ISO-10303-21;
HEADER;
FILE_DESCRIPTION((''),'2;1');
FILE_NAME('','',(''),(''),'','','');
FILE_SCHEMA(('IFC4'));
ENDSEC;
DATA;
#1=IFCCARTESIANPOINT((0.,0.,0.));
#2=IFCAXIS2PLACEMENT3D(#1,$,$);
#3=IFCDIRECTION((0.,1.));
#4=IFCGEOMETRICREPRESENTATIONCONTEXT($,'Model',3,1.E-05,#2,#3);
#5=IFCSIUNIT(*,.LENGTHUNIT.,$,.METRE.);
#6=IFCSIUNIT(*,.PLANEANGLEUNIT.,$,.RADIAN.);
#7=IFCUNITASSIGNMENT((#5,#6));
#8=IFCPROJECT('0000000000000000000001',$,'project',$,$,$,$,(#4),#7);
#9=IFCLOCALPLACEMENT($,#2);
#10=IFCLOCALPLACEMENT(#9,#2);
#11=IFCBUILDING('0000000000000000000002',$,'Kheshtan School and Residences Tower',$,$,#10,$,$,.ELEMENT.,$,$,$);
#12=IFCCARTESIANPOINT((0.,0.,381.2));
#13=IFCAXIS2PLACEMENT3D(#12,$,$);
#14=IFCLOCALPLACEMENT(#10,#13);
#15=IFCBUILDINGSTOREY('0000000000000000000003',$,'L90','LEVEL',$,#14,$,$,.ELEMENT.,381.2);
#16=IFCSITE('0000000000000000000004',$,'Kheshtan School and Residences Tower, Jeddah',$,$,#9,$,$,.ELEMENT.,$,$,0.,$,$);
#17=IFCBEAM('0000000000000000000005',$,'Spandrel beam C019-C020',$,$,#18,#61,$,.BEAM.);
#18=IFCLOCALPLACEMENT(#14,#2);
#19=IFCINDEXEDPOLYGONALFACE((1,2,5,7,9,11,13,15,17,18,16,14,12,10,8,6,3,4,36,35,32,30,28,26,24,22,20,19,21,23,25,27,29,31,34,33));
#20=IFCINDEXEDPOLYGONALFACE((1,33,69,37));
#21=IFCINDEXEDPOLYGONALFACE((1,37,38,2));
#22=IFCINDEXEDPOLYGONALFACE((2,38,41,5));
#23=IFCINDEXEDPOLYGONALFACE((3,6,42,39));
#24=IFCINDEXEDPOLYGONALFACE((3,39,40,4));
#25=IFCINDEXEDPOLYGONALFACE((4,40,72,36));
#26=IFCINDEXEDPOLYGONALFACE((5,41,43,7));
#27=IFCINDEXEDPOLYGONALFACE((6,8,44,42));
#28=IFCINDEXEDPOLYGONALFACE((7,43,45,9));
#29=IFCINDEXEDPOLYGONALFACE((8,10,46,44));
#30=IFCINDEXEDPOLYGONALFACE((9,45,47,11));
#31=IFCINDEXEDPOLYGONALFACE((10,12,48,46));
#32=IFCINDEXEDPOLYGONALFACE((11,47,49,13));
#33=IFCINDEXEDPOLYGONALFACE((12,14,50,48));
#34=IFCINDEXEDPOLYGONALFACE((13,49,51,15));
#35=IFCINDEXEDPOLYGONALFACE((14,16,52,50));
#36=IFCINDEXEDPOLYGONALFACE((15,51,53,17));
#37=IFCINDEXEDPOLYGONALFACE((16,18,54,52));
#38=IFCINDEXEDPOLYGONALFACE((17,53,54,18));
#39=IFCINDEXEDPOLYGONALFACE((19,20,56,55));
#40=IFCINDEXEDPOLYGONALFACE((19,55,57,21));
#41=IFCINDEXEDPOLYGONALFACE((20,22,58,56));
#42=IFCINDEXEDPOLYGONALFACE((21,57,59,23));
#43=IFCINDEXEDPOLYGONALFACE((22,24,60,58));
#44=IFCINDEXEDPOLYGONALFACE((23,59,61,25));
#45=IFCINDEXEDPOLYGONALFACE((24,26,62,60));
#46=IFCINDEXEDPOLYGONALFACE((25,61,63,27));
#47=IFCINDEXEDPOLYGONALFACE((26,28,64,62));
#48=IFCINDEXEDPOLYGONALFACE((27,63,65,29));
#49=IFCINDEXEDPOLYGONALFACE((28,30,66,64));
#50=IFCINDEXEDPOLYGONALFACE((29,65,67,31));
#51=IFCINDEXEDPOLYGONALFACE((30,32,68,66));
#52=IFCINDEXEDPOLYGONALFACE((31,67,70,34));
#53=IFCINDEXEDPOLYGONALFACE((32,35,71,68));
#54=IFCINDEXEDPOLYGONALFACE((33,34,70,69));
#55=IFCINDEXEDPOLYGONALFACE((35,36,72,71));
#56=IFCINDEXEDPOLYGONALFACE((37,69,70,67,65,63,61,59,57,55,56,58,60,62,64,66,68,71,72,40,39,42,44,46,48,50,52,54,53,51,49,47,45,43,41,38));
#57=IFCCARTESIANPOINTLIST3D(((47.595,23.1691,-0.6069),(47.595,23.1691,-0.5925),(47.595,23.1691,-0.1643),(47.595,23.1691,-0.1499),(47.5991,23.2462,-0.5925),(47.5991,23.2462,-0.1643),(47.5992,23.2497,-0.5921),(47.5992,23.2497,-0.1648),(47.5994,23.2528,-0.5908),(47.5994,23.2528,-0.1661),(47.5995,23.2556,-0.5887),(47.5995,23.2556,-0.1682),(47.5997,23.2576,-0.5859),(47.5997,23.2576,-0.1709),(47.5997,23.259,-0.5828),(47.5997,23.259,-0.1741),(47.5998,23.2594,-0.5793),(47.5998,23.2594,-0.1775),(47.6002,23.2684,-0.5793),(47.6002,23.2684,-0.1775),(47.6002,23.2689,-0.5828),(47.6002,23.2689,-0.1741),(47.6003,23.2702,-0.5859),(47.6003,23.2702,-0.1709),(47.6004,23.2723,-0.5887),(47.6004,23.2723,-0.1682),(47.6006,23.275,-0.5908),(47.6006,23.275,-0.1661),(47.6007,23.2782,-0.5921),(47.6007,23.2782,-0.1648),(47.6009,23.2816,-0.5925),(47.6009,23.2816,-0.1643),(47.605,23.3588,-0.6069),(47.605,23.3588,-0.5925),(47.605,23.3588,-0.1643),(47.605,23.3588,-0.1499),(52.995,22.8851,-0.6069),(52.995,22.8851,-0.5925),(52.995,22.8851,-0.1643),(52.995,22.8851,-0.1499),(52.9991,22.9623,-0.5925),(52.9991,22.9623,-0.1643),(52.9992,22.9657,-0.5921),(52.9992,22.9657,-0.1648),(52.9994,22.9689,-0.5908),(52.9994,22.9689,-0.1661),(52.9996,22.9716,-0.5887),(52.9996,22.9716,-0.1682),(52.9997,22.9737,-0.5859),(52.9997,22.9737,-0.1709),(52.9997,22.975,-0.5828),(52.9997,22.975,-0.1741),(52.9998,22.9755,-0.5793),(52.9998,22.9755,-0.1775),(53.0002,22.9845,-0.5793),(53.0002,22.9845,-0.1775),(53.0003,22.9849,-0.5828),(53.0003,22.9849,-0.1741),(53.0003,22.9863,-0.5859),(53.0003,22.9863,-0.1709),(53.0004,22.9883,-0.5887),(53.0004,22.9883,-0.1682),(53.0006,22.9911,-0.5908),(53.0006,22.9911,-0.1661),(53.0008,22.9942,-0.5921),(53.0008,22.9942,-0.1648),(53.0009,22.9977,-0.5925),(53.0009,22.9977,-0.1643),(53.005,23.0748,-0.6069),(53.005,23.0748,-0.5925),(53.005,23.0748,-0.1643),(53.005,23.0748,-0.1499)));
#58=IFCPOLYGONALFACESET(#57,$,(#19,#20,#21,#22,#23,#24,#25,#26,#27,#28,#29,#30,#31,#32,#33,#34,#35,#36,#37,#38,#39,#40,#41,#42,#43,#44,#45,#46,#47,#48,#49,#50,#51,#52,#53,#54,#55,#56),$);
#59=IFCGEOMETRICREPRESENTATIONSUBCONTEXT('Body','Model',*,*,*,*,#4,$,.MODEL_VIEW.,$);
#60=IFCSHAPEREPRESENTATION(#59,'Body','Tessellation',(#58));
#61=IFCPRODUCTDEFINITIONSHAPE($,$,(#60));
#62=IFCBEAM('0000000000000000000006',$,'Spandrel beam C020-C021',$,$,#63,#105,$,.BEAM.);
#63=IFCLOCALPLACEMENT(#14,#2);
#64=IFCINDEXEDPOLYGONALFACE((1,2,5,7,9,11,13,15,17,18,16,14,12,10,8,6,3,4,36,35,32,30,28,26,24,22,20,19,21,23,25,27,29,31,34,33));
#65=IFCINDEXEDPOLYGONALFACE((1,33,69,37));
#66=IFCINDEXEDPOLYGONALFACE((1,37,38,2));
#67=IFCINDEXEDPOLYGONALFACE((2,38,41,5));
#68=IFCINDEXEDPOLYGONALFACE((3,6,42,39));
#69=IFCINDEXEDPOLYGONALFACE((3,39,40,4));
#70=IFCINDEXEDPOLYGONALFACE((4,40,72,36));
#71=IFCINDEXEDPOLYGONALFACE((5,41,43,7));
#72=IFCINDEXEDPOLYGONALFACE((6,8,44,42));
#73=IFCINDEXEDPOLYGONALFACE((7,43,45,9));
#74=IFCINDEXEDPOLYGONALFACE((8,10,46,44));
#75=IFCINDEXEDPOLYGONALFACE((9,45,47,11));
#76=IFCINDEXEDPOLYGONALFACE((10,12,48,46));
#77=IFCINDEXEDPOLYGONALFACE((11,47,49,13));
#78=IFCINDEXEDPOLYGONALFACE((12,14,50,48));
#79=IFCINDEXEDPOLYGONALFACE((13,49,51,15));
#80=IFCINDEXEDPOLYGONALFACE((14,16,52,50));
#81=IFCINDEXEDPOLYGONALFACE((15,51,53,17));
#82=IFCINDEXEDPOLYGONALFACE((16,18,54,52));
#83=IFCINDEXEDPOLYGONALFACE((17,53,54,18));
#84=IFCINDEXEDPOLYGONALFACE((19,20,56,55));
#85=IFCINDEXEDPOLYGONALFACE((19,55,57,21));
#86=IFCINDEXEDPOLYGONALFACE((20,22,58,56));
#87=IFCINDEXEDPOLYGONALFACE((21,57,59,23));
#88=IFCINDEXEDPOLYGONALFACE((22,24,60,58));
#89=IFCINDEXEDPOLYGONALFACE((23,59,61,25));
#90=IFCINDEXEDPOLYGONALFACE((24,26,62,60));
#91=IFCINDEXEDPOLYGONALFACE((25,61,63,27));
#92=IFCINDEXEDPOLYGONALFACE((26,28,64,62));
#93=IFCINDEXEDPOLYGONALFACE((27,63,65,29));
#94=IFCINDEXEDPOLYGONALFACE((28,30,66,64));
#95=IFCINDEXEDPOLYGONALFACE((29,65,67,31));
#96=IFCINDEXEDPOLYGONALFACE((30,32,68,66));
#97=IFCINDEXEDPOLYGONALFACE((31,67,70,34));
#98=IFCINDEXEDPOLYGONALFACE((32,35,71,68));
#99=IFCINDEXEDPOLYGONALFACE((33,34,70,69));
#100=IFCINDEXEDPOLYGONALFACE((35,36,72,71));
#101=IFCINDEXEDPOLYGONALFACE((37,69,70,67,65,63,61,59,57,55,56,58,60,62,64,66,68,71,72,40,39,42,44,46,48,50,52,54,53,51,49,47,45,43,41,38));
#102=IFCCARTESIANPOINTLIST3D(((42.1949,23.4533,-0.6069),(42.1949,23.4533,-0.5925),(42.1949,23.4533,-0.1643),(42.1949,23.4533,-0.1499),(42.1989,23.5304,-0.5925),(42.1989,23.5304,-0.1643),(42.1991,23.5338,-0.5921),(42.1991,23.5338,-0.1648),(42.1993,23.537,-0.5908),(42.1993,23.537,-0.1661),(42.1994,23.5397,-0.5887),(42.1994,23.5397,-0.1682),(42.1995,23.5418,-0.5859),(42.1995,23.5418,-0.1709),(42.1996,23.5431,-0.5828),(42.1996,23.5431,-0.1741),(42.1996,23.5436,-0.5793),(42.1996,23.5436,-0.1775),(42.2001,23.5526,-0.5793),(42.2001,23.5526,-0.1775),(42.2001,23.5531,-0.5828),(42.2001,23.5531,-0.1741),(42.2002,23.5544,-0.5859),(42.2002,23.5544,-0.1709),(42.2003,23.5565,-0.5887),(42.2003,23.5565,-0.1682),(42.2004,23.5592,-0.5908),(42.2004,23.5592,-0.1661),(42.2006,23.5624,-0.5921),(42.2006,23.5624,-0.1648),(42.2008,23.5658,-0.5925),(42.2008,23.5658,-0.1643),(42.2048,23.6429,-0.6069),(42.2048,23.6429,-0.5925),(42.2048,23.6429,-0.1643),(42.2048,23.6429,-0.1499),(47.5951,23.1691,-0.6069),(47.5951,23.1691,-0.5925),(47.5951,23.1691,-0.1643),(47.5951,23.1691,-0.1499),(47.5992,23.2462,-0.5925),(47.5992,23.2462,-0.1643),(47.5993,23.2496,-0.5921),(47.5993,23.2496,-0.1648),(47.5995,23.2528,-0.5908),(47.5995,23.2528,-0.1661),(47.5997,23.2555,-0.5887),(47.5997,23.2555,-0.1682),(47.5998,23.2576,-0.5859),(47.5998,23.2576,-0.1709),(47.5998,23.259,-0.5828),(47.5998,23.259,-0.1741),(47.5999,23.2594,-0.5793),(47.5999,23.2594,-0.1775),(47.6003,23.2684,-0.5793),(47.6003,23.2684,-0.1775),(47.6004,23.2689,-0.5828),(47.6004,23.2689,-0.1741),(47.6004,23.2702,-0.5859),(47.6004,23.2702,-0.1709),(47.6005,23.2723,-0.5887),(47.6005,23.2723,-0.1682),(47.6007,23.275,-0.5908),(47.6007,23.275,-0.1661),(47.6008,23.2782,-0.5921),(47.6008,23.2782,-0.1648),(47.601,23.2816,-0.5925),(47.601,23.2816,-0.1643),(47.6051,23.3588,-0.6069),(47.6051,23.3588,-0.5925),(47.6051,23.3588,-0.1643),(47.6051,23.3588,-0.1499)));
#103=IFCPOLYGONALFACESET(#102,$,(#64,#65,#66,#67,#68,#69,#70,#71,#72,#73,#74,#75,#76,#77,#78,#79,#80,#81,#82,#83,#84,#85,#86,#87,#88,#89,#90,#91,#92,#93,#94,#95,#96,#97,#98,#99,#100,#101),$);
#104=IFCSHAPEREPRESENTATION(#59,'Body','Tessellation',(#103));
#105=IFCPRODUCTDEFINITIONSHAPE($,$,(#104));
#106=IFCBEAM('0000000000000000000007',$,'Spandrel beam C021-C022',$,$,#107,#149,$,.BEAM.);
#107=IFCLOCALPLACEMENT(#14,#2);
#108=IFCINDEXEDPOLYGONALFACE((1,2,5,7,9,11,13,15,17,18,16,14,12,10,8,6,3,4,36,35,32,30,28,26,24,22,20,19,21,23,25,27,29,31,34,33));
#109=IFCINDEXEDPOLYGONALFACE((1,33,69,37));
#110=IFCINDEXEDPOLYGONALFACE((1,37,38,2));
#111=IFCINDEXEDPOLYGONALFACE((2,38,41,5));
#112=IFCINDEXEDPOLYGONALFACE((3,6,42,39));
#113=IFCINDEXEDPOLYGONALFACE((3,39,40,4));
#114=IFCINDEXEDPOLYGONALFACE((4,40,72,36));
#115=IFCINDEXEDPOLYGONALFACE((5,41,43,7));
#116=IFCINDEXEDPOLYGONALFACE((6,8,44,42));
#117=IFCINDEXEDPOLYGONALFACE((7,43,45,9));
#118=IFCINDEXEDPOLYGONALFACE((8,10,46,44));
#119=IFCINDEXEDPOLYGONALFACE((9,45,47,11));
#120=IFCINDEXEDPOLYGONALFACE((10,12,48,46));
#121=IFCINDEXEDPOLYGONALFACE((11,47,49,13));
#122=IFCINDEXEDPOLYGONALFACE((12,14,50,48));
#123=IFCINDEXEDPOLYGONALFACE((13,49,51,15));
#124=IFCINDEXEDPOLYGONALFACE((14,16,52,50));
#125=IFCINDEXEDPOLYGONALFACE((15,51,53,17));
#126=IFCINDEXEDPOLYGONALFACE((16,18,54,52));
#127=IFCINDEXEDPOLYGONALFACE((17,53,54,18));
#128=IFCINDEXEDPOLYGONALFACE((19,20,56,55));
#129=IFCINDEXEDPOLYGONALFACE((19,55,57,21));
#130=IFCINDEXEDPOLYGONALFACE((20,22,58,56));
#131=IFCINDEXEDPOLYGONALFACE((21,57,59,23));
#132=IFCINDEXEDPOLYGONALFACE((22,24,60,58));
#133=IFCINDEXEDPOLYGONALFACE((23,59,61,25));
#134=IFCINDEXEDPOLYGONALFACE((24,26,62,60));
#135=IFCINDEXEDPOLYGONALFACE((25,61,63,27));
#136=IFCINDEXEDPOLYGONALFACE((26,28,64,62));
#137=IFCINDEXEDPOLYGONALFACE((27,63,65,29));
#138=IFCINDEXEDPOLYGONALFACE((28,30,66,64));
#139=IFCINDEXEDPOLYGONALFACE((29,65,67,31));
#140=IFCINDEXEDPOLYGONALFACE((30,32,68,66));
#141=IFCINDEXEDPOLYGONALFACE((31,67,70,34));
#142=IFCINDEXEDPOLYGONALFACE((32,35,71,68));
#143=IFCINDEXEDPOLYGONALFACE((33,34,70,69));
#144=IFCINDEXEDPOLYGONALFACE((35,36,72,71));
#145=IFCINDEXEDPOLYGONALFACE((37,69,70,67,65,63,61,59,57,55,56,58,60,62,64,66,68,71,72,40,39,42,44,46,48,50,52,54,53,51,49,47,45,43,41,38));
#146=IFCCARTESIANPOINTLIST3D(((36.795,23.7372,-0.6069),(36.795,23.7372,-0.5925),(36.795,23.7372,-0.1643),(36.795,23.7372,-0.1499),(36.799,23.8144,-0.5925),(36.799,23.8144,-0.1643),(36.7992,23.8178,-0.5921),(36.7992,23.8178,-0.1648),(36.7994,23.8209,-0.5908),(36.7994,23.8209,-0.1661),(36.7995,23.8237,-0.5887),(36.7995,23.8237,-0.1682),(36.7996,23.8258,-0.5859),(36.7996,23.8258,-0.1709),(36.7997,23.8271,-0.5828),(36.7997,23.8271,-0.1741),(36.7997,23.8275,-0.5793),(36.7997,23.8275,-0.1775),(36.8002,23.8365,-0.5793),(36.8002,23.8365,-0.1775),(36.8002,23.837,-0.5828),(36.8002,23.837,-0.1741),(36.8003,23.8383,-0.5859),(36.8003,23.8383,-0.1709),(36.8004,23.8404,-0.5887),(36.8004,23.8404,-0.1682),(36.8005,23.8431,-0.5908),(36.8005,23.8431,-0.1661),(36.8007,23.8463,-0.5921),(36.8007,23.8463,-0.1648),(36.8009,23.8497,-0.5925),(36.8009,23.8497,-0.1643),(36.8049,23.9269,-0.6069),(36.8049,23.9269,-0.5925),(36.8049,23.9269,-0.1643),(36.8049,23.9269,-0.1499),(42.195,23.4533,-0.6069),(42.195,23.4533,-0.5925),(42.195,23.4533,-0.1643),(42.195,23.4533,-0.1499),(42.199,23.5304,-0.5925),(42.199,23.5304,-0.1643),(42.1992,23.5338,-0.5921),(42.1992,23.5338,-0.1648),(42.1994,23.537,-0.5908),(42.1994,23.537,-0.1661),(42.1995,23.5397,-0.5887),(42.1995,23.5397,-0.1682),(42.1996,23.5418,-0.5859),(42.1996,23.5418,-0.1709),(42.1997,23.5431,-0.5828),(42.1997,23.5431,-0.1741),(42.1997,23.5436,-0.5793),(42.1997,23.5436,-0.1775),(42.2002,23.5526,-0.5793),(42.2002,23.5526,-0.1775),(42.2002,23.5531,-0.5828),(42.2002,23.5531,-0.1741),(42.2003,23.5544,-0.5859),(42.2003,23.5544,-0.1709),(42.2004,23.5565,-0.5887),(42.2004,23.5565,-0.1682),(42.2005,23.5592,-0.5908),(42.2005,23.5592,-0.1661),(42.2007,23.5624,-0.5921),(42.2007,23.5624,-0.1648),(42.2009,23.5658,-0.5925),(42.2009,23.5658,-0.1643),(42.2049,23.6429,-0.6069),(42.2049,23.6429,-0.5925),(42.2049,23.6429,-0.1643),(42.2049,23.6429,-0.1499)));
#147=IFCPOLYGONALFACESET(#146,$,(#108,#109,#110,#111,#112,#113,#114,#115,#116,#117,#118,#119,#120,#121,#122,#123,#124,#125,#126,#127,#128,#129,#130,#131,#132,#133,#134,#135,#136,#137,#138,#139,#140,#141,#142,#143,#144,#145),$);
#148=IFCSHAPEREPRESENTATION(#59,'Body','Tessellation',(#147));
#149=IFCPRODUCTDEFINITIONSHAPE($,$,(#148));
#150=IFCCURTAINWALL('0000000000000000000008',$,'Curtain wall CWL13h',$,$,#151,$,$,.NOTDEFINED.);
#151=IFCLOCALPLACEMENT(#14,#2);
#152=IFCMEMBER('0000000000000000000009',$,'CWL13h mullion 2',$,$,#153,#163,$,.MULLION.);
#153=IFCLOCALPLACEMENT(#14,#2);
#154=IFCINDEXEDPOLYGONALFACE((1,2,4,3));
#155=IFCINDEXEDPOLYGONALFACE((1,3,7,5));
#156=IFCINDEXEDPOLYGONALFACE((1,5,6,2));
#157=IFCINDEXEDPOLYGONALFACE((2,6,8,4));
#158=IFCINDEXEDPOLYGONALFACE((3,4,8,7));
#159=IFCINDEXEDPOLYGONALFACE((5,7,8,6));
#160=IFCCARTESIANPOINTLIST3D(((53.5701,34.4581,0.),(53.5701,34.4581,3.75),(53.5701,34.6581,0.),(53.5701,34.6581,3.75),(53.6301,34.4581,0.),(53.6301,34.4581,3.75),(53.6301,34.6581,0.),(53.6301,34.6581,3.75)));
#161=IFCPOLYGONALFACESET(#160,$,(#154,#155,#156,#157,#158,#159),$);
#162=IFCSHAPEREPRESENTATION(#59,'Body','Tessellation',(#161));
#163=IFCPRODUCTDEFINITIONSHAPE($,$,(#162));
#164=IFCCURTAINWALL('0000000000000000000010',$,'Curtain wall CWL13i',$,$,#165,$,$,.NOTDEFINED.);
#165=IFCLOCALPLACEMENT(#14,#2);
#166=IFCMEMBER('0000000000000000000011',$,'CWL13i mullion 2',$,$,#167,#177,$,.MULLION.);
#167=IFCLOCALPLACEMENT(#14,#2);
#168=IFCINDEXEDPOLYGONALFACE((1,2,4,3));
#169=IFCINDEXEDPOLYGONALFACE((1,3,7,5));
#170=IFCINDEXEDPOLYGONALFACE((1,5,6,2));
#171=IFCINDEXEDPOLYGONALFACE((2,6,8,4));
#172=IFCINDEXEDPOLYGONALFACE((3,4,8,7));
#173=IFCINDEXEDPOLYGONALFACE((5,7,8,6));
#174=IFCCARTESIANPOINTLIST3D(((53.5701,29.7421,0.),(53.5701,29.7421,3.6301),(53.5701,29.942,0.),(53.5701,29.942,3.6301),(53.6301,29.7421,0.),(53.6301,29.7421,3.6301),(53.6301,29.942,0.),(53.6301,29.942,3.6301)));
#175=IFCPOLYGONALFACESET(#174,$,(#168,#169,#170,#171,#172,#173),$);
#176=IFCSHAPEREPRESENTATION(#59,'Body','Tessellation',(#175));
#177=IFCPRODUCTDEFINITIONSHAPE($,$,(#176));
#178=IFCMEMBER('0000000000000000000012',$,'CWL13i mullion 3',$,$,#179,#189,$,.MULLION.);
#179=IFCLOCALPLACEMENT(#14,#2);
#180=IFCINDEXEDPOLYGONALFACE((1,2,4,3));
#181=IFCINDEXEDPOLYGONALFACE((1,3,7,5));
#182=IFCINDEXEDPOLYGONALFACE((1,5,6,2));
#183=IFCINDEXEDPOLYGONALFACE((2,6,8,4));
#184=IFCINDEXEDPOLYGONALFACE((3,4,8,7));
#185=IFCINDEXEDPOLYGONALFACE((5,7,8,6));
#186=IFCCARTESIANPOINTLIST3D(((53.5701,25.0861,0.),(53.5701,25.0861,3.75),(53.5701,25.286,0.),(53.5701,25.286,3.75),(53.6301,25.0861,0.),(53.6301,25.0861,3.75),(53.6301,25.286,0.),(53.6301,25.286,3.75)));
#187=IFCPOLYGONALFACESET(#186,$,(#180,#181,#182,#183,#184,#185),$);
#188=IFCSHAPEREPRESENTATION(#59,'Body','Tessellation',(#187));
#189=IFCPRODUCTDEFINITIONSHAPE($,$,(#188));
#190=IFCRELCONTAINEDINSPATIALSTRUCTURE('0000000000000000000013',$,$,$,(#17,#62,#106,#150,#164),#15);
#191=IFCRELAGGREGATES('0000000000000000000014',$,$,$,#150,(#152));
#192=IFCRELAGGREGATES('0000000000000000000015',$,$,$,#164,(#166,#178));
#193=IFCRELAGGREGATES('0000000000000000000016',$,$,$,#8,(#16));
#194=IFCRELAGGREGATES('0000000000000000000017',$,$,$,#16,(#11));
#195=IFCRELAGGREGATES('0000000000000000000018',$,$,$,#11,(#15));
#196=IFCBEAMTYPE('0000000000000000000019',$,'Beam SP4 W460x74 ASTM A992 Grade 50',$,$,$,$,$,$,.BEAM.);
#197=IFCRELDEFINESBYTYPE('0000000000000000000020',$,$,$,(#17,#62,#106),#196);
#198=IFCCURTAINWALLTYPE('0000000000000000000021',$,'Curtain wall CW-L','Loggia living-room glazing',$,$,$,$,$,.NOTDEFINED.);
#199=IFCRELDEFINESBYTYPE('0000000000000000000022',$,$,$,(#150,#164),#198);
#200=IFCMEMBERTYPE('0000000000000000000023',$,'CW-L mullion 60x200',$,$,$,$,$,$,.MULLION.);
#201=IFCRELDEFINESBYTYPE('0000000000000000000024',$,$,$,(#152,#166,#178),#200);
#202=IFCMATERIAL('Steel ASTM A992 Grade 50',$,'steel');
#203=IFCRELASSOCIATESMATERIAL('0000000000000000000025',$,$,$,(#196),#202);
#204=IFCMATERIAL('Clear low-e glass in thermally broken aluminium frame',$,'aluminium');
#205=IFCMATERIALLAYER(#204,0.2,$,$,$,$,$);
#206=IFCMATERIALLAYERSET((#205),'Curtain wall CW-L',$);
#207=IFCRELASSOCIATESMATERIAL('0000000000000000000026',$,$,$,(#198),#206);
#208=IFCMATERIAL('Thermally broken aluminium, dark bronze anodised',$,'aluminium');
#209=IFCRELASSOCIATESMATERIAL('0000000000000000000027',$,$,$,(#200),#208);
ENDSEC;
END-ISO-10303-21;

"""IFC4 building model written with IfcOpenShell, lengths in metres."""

from ifc_helpers import new_model, si_unit, direction, frame, origin, origin_2d, place, context, subcontext, project, spatial, rectangle, i_section, extrude, material, layer, layer_set, material_profile, profile_set, type_object, element, aggregate, save


model = new_model("IFC4")

# Units and contexts
model_context = context("Model", 3, precision=1e-05, world=origin(), true_north=direction((0.0, 1.0)))
body_context = subcontext(model_context, "Body", "Model", "MODEL_VIEW")
ifc_project = project(units=[si_unit("LENGTHUNIT", "METRE"), si_unit("PLANEANGLEUNIT", "RADIAN")], contexts=[model_context])

# Site, building, storey
site_placement = place(None, origin())
site = spatial("IfcSite", under=ifc_project, at=site_placement, Name="Kheshtan School and Residences Tower, Jeddah", CompositionType="ELEMENT", RefElevation=0.0)
building_placement = place(site_placement, origin())
building = spatial("IfcBuilding", under=site, at=building_placement, Name="Kheshtan School and Residences Tower", CompositionType="ELEMENT")
storey_placement = place(building_placement, frame((0.0, 0.0, 381.2)))
storey = spatial("IfcBuildingStorey", under=building, at=storey_placement, Name="L90", Description="LEVEL", CompositionType="ELEMENT", Elevation=381.2)

# Shared definitions
ifc_material_1 = material(Name="Steel ASTM A992 Grade 50", Category="steel")

# Beams
ifc_material_profile_1 = material_profile(ifc_material_1, i_section(OverallWidth=0.1899, OverallDepth=0.457, WebThickness=0.009, FlangeThickness=0.0144, FilletRadius=0.0132, at=origin_2d()), Name="W460x74")
ifc_profile_set_1 = profile_set([ifc_material_profile_1], Name="Steel ASTM A992 Grade 50")
beam_type_1 = type_object("IfcBeamType", Name="Beam SP4 W460x74 ASTM A992 Grade 50", PredefinedType="BEAM", material=ifc_profile_set_1)
beam_1_placement = place(storey_placement, frame((53.0, 22.98, -0.3784), z_axis=(-0.99862, 0.052509, 0.0), x_axis=(-0.052509, -0.99862, 0.0)))
element("IfcBeam", 1, at=beam_1_placement, inside=storey, type_object=beam_type_1, Name="Spandrel beam C019-C020", PredefinedType="BEAM", context=body_context, shape_type="SweptSolid", body=[
    extrude(i_section(OverallWidth=0.1899, OverallDepth=0.457, WebThickness=0.009, FlangeThickness=0.0144, FilletRadius=0.0132, at=origin_2d()), origin(), (0.0, 0.0, 1.0), 5.4075),
])
beam_2_placement = place(storey_placement, frame((47.6001, 23.2639, -0.3784), z_axis=(-0.998618, 0.052552, 0.0), x_axis=(-0.052552, -0.998618, 0.0)))
element("IfcBeam", 2, at=beam_2_placement, inside=storey, type_object=beam_type_1, Name="Spandrel beam C020-C021", PredefinedType="BEAM", context=body_context, shape_type="SweptSolid", body=[
    extrude(i_section(OverallWidth=0.1899, OverallDepth=0.457, WebThickness=0.009, FlangeThickness=0.0144, FilletRadius=0.0132, at=origin_2d()), origin(), (0.0, 0.0, 1.0), 5.4077),
])
beam_3_placement = place(storey_placement, frame((42.2, 23.5481, -0.3784), z_axis=(-0.99862, 0.052509, 0.0), x_axis=(-0.052509, -0.99862, 0.0)))
element("IfcBeam", 3, at=beam_3_placement, inside=storey, type_object=beam_type_1, Name="Spandrel beam C021-C022", PredefinedType="BEAM", context=body_context, shape_type="SweptSolid", body=[
    extrude(i_section(OverallWidth=0.1899, OverallDepth=0.457, WebThickness=0.009, FlangeThickness=0.0144, FilletRadius=0.0132, at=origin_2d()), origin(), (0.0, 0.0, 1.0), 5.4075),
])

# Curtain wall, member
ifc_material_2 = material(Name="Clear low-e glass in thermally broken aluminium frame", Category="aluminium")
ifc_layer_1 = layer(ifc_material_2, 0.2)
ifc_layer_set_1 = layer_set([ifc_layer_1], Name="Curtain wall CW-L")
curtain_wall_type = type_object("IfcCurtainWallType", Name="Curtain wall CW-L", Description="Loggia living-room glazing", PredefinedType="NOTDEFINED", material=ifc_layer_set_1)
curtain_wall_1_placement = place(storey_placement, origin())
curtain_wall_1 = element("IfcCurtainWall", 4, at=curtain_wall_1_placement, inside=storey, type_object=curtain_wall_type, Name="Curtain wall CWL13h", PredefinedType="NOTDEFINED")
ifc_material_3 = material(Name="Thermally broken aluminium, dark bronze anodised", Category="aluminium")
ifc_material_profile_2 = material_profile(ifc_material_3, rectangle(XDim=0.0601, YDim=0.2, at=origin_2d()), Name="CW-L mullion 60x200")
ifc_profile_set_2 = profile_set([ifc_material_profile_2], Name="Thermally broken aluminium, dark bronze anodised")
member_type_1 = type_object("IfcMemberType", Name="CW-L mullion 60x200", PredefinedType="MULLION", material=ifc_profile_set_2)
member_1_placement = place(storey_placement, frame((53.6001, 34.5581, 0.0), z_axis=(0.0, 0.0, 1.0), x_axis=(1.0, 0.0, 0.0)))
member_1 = element("IfcMember", 5, at=member_1_placement, type_object=member_type_1, Name="CWL13h mullion 2", PredefinedType="MULLION", context=body_context, shape_type="SweptSolid", body=[
    extrude(rectangle(XDim=0.0601, YDim=0.2, at=origin_2d()), origin(), (0.0, 0.0, 1.0), 3.75),
])

# Curtain wall, members
curtain_wall_2_placement = place(storey_placement, origin())
curtain_wall_2 = element("IfcCurtainWall", 6, at=curtain_wall_2_placement, inside=storey, type_object=curtain_wall_type, Name="Curtain wall CWL13i", PredefinedType="NOTDEFINED")
member_2_placement = place(storey_placement, frame((53.6001, 29.842, 0.0), z_axis=(0.0, 0.0, 1.0), x_axis=(1.0, 0.0, 0.0)))
member_2 = element("IfcMember", 7, at=member_2_placement, type_object=member_type_1, Name="CWL13i mullion 2", PredefinedType="MULLION", context=body_context, shape_type="SweptSolid", body=[
    extrude(rectangle(XDim=0.0601, YDim=0.2, at=origin_2d()), origin(), (0.0, 0.0, 1.0), 3.6301),
])
member_3_placement = place(storey_placement, frame((53.6001, 25.186, 0.0), z_axis=(0.0, 0.0, 1.0), x_axis=(1.0, 0.0, 0.0)))
member_3 = element("IfcMember", 8, at=member_3_placement, type_object=member_type_1, Name="CWL13i mullion 3", PredefinedType="MULLION", context=body_context, shape_type="SweptSolid", body=[
    extrude(rectangle(XDim=0.0601, YDim=0.2, at=origin_2d()), origin(), (0.0, 0.0, 1.0), 3.75),
])

aggregate(curtain_wall_1, [member_1])
aggregate(curtain_wall_2, [member_2, member_3])

save(model, "model.ifc")
